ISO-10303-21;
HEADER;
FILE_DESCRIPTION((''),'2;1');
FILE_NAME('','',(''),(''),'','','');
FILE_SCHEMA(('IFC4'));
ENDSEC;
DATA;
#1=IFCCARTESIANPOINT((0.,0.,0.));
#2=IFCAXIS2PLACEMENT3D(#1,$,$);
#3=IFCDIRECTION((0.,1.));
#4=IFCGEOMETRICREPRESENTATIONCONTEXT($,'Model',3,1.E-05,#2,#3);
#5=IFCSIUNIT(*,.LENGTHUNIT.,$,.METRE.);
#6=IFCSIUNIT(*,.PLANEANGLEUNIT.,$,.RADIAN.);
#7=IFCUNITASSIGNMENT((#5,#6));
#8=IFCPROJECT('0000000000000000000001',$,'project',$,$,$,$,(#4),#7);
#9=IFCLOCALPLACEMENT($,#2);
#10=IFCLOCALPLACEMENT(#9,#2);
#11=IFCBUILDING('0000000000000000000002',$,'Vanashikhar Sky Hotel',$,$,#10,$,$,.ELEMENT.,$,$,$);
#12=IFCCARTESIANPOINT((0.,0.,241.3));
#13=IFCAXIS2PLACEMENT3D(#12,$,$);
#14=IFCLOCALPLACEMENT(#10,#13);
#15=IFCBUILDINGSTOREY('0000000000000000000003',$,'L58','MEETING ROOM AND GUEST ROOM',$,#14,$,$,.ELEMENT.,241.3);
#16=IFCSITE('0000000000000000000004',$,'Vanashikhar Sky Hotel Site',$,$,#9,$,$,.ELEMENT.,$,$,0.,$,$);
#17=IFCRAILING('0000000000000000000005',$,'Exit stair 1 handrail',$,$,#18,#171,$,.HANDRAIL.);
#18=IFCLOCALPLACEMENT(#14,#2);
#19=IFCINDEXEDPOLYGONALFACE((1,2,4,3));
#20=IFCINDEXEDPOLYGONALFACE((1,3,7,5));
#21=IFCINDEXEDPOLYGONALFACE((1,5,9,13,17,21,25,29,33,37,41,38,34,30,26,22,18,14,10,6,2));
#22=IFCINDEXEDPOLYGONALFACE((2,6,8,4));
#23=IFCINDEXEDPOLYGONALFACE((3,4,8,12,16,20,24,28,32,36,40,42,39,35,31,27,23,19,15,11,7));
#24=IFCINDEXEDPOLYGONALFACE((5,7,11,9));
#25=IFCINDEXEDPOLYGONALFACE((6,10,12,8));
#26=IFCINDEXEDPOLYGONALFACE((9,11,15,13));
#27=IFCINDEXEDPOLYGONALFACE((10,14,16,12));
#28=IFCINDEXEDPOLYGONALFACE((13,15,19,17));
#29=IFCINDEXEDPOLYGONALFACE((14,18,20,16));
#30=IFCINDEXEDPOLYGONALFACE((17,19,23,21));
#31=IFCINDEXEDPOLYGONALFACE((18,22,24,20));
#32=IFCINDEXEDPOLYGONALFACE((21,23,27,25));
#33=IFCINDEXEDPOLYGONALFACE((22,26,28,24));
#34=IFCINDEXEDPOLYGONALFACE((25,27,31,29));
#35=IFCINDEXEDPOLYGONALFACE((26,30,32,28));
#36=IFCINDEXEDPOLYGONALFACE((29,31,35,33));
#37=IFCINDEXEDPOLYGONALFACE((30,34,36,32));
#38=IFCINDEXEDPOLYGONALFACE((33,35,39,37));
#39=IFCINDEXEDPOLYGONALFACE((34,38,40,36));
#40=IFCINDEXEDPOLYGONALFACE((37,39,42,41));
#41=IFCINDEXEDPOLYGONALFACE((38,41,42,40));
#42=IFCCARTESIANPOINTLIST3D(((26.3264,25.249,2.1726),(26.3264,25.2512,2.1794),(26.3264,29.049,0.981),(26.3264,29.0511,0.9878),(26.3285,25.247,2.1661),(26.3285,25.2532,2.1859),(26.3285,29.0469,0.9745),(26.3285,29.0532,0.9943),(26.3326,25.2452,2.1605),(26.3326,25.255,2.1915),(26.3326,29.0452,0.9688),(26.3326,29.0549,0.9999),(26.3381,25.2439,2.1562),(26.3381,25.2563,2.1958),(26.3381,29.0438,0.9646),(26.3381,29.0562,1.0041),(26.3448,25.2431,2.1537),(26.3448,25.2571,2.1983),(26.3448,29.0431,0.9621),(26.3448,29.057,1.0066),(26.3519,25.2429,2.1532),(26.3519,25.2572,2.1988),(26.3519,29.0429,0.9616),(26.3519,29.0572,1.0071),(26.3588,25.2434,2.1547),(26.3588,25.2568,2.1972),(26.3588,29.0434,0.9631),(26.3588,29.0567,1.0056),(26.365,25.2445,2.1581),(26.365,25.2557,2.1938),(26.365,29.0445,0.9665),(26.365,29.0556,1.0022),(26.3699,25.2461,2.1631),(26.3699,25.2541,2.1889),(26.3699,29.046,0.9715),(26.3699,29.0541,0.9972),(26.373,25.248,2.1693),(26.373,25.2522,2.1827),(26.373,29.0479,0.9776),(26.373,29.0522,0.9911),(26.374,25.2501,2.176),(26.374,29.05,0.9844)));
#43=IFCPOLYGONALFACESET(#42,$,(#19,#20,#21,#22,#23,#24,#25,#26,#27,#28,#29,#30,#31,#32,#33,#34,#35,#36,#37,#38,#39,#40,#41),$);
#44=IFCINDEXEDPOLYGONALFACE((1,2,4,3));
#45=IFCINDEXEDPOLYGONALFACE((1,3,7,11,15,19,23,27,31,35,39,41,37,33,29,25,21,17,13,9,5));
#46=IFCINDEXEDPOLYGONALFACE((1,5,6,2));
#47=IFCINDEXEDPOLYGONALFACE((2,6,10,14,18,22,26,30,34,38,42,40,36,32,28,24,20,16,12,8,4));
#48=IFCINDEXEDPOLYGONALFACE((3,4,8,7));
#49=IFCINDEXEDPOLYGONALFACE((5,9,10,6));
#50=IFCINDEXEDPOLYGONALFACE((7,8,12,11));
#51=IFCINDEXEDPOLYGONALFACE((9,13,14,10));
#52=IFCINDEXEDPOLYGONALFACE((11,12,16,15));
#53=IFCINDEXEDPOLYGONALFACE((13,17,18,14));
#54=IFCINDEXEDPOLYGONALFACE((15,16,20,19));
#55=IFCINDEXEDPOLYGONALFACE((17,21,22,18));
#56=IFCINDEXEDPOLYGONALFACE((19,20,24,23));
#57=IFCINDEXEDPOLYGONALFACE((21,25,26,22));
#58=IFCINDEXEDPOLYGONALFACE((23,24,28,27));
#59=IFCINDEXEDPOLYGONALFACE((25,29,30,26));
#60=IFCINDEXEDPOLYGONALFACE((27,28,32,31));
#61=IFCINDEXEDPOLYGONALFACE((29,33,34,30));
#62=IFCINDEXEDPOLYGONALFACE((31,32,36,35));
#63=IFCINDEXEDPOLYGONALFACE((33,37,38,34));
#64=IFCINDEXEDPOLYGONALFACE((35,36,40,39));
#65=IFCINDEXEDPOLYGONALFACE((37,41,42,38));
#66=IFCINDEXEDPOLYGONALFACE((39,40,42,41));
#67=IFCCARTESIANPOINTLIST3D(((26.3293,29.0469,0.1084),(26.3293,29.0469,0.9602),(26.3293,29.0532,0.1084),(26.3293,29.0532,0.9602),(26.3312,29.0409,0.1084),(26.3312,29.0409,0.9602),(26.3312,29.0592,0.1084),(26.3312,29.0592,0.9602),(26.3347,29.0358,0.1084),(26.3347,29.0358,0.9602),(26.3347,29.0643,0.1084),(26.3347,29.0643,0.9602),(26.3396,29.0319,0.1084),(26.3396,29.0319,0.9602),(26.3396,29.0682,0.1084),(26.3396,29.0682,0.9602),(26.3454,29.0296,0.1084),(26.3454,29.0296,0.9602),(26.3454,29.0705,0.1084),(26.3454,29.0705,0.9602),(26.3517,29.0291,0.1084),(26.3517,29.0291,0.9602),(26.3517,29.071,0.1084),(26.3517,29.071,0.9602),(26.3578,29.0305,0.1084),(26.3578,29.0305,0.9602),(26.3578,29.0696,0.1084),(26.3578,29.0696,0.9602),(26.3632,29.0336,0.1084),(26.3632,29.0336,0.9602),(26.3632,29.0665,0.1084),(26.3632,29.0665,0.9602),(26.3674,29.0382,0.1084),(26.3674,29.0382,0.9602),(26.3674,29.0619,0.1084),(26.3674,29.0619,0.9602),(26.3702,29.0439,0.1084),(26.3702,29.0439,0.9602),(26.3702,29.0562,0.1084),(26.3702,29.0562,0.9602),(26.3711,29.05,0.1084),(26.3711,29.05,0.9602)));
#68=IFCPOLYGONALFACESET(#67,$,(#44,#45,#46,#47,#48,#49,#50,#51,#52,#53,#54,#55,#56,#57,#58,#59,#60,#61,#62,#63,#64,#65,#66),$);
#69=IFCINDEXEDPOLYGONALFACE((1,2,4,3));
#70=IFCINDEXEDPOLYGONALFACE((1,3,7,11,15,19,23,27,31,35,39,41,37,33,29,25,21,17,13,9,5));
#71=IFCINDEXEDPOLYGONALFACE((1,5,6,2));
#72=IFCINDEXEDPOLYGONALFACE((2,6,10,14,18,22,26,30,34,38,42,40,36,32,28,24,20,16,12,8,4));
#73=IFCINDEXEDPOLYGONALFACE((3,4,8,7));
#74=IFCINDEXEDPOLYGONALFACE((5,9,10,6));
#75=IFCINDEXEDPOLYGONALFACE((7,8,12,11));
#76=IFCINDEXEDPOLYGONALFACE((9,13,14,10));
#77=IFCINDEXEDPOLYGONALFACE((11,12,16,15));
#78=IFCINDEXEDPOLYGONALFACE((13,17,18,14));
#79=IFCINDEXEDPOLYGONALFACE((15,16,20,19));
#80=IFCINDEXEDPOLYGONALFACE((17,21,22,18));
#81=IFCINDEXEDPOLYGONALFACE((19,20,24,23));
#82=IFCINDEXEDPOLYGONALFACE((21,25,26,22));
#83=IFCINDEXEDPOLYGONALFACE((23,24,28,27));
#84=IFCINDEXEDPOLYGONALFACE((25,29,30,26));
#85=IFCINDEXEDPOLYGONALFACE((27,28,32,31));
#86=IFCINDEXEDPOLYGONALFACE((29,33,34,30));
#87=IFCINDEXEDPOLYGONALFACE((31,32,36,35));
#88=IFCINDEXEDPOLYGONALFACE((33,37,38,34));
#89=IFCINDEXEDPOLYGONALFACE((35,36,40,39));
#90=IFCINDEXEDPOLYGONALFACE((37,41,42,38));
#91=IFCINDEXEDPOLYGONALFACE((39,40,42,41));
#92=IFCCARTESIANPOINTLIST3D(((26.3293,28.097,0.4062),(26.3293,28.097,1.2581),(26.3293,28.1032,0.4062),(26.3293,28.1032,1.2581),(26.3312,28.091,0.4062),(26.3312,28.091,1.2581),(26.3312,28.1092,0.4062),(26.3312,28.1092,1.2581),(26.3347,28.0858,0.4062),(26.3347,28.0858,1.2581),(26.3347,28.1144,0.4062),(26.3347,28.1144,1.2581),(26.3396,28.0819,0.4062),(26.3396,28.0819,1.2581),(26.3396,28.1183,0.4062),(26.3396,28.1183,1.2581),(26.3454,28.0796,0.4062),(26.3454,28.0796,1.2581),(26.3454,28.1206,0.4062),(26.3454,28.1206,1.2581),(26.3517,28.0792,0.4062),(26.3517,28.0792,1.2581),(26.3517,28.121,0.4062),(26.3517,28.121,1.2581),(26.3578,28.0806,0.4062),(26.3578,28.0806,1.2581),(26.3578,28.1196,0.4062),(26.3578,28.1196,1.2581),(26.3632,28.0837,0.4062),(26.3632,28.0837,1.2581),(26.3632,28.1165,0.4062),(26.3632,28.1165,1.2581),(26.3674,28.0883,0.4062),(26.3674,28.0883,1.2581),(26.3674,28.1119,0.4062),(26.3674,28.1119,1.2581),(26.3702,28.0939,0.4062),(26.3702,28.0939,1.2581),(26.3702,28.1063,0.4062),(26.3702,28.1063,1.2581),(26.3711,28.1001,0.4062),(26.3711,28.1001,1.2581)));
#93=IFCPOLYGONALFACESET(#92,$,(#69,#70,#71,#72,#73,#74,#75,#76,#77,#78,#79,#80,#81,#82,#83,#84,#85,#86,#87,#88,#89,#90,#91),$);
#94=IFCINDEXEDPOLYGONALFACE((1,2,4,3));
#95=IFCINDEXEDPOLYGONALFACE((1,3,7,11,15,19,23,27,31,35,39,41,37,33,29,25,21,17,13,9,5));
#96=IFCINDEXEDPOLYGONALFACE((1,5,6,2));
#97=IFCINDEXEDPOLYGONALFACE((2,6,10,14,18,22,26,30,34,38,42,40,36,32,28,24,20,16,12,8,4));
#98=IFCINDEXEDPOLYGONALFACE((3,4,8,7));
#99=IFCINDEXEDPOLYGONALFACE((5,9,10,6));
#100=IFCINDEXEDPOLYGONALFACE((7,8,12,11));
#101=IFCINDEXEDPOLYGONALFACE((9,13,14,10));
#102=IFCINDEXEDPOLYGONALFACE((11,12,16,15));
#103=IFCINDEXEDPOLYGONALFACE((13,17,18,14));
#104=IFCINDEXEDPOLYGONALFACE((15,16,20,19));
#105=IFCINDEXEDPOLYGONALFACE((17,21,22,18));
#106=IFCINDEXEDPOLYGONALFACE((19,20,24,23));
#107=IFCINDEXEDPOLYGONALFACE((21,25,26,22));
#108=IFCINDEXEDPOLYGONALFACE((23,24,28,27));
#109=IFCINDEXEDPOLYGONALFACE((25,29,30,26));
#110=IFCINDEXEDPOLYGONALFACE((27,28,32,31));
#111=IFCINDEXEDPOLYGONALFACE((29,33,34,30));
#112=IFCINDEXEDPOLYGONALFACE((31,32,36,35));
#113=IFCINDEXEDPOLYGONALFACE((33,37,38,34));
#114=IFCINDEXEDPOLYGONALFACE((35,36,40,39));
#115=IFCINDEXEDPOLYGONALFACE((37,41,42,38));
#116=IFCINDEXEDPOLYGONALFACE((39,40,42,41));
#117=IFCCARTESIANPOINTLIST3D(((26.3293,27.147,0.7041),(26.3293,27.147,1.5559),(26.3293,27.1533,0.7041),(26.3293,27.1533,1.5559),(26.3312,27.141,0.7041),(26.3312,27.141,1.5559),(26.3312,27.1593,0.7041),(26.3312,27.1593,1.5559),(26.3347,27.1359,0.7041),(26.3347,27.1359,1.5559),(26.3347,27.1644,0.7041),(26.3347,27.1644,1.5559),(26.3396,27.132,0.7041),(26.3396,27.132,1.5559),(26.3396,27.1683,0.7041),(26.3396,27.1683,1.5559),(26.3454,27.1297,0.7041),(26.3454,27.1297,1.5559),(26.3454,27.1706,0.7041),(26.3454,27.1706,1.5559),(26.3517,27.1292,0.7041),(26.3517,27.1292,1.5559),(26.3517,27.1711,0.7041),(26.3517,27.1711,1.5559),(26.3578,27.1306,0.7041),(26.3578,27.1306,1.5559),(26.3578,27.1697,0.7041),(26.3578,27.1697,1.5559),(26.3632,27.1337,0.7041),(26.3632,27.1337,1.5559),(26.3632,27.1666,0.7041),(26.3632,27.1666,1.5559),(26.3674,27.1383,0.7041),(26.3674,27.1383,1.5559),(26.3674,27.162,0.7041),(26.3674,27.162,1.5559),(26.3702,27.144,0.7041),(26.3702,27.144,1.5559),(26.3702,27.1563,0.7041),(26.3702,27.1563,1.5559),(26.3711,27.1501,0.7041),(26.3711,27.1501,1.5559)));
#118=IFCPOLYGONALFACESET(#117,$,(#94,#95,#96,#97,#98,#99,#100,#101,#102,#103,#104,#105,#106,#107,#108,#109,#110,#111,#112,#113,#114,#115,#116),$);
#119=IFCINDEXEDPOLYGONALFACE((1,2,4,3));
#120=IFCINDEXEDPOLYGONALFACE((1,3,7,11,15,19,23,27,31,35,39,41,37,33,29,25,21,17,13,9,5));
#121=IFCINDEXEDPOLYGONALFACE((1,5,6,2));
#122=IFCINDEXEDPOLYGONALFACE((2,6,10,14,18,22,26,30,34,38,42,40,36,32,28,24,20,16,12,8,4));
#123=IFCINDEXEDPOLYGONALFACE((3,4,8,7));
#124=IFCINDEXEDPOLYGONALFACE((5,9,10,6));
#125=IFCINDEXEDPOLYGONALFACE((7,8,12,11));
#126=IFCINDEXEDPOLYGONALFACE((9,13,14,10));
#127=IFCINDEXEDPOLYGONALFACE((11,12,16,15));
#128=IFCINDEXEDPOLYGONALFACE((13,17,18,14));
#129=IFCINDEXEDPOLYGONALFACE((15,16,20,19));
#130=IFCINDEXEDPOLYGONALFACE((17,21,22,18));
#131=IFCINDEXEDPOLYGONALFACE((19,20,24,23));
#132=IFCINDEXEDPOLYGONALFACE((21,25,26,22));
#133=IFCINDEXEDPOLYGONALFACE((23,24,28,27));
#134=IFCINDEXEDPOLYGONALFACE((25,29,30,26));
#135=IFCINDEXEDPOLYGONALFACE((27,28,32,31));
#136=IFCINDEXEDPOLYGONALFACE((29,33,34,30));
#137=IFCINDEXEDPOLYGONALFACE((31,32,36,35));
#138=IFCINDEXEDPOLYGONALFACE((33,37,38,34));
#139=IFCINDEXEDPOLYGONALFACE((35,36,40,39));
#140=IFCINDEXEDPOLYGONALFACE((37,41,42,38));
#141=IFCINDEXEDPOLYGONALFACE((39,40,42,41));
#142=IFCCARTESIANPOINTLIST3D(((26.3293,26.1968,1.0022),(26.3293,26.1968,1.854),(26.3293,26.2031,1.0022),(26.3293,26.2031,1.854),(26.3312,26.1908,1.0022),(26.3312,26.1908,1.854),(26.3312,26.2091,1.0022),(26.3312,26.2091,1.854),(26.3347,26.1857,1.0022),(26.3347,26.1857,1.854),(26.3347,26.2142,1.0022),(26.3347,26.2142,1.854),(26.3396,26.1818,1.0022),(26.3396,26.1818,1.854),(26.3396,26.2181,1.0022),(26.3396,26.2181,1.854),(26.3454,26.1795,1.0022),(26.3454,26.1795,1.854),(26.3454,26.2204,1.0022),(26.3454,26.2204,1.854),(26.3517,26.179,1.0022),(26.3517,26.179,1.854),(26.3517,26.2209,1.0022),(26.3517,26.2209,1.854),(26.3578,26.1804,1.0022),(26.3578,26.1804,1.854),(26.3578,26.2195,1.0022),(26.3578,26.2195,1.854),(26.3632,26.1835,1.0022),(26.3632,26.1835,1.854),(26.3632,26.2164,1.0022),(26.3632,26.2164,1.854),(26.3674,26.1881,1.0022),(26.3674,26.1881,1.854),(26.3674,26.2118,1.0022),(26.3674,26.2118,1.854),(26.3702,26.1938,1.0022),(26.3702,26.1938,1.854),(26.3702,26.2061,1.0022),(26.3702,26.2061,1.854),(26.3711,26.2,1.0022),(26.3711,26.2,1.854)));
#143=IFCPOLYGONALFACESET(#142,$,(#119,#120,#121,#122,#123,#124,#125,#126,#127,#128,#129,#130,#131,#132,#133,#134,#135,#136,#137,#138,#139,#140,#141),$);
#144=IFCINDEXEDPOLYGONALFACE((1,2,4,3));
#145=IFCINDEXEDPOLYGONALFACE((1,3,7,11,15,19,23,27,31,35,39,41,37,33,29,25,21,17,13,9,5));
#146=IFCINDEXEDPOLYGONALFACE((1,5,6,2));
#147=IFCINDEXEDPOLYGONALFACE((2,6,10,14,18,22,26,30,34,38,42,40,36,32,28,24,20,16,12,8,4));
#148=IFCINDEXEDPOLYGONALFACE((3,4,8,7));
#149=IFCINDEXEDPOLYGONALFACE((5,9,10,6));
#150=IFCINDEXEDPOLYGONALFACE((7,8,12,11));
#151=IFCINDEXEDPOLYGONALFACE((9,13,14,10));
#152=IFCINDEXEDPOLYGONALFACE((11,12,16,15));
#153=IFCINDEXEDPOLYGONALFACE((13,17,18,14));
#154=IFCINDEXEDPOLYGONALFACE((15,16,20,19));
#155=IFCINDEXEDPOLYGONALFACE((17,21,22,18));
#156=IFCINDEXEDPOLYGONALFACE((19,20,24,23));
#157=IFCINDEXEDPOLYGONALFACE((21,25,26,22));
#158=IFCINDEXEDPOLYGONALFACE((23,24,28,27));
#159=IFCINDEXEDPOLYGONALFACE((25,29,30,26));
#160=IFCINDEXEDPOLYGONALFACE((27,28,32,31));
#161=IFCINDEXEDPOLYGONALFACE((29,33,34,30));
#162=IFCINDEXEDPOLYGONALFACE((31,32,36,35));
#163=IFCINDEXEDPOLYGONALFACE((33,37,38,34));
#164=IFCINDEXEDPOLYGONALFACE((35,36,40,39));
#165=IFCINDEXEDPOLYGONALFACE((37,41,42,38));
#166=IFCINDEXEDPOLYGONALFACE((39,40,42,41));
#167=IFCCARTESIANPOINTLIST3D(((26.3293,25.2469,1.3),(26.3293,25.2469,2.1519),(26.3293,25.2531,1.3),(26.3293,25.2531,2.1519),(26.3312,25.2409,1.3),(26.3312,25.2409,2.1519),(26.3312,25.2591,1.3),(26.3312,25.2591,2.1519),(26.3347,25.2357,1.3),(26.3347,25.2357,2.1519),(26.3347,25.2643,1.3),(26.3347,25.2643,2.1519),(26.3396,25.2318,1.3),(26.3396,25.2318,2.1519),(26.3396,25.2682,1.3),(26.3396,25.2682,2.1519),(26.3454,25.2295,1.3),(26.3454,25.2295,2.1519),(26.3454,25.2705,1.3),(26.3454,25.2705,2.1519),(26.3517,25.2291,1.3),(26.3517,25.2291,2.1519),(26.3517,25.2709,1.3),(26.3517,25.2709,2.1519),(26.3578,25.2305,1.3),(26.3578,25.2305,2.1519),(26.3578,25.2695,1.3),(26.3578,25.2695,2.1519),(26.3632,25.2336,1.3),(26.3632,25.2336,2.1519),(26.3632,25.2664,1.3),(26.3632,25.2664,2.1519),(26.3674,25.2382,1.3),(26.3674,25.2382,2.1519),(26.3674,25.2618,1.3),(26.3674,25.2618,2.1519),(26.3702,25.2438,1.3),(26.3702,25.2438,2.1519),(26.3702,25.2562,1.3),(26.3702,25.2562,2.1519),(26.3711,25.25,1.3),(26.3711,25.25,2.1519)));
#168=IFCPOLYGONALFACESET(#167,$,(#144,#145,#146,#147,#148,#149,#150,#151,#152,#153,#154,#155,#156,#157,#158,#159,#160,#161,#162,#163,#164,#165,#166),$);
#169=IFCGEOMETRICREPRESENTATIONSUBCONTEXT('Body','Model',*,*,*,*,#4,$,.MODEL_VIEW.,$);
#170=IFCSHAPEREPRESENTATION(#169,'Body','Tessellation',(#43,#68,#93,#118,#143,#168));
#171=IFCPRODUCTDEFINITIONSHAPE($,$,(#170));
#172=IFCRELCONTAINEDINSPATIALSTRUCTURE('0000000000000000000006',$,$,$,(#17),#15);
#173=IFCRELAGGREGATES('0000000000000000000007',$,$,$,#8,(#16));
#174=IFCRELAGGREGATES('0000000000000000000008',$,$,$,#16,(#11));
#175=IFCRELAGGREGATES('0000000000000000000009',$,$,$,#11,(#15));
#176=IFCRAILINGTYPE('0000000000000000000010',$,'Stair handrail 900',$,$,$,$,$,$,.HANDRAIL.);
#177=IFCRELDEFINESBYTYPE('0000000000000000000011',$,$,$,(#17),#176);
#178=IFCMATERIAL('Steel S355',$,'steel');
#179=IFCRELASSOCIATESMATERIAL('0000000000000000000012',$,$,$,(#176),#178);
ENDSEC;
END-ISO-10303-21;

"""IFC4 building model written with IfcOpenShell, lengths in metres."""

from ifc_helpers import new_model, si_unit, direction, frame, origin, origin_2d, place, context, subcontext, project, spatial, circle, extrude, source, transform, mapped, material, type_object, element, save


model = new_model("IFC4")

# Units and contexts
model_context = context("Model", 3, precision=1e-05, world=origin(), true_north=direction((0.0, 1.0)))
body_context = subcontext(model_context, "Body", "Model", "MODEL_VIEW")
ifc_project = project(units=[si_unit("LENGTHUNIT", "METRE"), si_unit("PLANEANGLEUNIT", "RADIAN")], contexts=[model_context])

# Site, building, storey
site_placement = place(None, origin())
site = spatial("IfcSite", under=ifc_project, at=site_placement, Name="Vanashikhar Sky Hotel Site", CompositionType="ELEMENT", RefElevation=0.0)
building_placement = place(site_placement, origin())
building = spatial("IfcBuilding", under=site, at=building_placement, Name="Vanashikhar Sky Hotel", CompositionType="ELEMENT")
storey_placement = place(building_placement, frame((0.0, 0.0, 241.3)))
storey = spatial("IfcBuildingStorey", under=building, at=storey_placement, Name="L58", Description="MEETING ROOM AND GUEST ROOM", CompositionType="ELEMENT", Elevation=241.3)

# Railing
ifc_material_1 = material(Name="Steel S355", Category="steel")
railing_type = type_object("IfcRailingType", Name="Stair handrail 900", PredefinedType="HANDRAIL", material=ifc_material_1)
shared_shape_1 = source(origin(), body_context, "Body", "SweptSolid", [
    extrude(circle(Radius=0.0239, at=origin_2d()), frame((0.0, 0.0, 0.876), z_axis=(0.0, -0.954184, 0.299221), x_axis=(1.0, 0.0, 0.0)), (0.0, 0.0, 1.0), 3.9824),
    extrude(circle(Radius=0.021, at=origin_2d()), origin(), (0.0, 0.0, 1.0), 0.8518),
    extrude(circle(Radius=0.021, at=origin_2d()), frame((0.0, -0.95, 0.2979)), (0.0, 0.0, 1.0), 0.8518),
    extrude(circle(Radius=0.021, at=origin_2d()), frame((0.0, -1.8999, 0.5957)), (0.0, 0.0, 1.0), 0.8518),
    extrude(circle(Radius=0.021, at=origin_2d()), frame((0.0, -2.8501, 0.8938)), (0.0, 0.0, 1.0), 0.8518),
    extrude(circle(Radius=0.021, at=origin_2d()), frame((0.0, -3.8, 1.1917)), (0.0, 0.0, 1.0), 0.8518),
])
for number, where, name in (
    (1, (26.3501, 29.05, 0.1084), "Exit stair 1 handrail"),
):
    element("IfcRailing", number, at=place(storey_placement, frame(where)), inside=storey, type_object=railing_type, Name=name, PredefinedType="HANDRAIL", context=body_context, shape_type="MappedRepresentation", body=[
        mapped(shared_shape_1, transform((0.0, 0.0, 0.0), scale=1.0)),
    ])

save(model, "model.ifc")
